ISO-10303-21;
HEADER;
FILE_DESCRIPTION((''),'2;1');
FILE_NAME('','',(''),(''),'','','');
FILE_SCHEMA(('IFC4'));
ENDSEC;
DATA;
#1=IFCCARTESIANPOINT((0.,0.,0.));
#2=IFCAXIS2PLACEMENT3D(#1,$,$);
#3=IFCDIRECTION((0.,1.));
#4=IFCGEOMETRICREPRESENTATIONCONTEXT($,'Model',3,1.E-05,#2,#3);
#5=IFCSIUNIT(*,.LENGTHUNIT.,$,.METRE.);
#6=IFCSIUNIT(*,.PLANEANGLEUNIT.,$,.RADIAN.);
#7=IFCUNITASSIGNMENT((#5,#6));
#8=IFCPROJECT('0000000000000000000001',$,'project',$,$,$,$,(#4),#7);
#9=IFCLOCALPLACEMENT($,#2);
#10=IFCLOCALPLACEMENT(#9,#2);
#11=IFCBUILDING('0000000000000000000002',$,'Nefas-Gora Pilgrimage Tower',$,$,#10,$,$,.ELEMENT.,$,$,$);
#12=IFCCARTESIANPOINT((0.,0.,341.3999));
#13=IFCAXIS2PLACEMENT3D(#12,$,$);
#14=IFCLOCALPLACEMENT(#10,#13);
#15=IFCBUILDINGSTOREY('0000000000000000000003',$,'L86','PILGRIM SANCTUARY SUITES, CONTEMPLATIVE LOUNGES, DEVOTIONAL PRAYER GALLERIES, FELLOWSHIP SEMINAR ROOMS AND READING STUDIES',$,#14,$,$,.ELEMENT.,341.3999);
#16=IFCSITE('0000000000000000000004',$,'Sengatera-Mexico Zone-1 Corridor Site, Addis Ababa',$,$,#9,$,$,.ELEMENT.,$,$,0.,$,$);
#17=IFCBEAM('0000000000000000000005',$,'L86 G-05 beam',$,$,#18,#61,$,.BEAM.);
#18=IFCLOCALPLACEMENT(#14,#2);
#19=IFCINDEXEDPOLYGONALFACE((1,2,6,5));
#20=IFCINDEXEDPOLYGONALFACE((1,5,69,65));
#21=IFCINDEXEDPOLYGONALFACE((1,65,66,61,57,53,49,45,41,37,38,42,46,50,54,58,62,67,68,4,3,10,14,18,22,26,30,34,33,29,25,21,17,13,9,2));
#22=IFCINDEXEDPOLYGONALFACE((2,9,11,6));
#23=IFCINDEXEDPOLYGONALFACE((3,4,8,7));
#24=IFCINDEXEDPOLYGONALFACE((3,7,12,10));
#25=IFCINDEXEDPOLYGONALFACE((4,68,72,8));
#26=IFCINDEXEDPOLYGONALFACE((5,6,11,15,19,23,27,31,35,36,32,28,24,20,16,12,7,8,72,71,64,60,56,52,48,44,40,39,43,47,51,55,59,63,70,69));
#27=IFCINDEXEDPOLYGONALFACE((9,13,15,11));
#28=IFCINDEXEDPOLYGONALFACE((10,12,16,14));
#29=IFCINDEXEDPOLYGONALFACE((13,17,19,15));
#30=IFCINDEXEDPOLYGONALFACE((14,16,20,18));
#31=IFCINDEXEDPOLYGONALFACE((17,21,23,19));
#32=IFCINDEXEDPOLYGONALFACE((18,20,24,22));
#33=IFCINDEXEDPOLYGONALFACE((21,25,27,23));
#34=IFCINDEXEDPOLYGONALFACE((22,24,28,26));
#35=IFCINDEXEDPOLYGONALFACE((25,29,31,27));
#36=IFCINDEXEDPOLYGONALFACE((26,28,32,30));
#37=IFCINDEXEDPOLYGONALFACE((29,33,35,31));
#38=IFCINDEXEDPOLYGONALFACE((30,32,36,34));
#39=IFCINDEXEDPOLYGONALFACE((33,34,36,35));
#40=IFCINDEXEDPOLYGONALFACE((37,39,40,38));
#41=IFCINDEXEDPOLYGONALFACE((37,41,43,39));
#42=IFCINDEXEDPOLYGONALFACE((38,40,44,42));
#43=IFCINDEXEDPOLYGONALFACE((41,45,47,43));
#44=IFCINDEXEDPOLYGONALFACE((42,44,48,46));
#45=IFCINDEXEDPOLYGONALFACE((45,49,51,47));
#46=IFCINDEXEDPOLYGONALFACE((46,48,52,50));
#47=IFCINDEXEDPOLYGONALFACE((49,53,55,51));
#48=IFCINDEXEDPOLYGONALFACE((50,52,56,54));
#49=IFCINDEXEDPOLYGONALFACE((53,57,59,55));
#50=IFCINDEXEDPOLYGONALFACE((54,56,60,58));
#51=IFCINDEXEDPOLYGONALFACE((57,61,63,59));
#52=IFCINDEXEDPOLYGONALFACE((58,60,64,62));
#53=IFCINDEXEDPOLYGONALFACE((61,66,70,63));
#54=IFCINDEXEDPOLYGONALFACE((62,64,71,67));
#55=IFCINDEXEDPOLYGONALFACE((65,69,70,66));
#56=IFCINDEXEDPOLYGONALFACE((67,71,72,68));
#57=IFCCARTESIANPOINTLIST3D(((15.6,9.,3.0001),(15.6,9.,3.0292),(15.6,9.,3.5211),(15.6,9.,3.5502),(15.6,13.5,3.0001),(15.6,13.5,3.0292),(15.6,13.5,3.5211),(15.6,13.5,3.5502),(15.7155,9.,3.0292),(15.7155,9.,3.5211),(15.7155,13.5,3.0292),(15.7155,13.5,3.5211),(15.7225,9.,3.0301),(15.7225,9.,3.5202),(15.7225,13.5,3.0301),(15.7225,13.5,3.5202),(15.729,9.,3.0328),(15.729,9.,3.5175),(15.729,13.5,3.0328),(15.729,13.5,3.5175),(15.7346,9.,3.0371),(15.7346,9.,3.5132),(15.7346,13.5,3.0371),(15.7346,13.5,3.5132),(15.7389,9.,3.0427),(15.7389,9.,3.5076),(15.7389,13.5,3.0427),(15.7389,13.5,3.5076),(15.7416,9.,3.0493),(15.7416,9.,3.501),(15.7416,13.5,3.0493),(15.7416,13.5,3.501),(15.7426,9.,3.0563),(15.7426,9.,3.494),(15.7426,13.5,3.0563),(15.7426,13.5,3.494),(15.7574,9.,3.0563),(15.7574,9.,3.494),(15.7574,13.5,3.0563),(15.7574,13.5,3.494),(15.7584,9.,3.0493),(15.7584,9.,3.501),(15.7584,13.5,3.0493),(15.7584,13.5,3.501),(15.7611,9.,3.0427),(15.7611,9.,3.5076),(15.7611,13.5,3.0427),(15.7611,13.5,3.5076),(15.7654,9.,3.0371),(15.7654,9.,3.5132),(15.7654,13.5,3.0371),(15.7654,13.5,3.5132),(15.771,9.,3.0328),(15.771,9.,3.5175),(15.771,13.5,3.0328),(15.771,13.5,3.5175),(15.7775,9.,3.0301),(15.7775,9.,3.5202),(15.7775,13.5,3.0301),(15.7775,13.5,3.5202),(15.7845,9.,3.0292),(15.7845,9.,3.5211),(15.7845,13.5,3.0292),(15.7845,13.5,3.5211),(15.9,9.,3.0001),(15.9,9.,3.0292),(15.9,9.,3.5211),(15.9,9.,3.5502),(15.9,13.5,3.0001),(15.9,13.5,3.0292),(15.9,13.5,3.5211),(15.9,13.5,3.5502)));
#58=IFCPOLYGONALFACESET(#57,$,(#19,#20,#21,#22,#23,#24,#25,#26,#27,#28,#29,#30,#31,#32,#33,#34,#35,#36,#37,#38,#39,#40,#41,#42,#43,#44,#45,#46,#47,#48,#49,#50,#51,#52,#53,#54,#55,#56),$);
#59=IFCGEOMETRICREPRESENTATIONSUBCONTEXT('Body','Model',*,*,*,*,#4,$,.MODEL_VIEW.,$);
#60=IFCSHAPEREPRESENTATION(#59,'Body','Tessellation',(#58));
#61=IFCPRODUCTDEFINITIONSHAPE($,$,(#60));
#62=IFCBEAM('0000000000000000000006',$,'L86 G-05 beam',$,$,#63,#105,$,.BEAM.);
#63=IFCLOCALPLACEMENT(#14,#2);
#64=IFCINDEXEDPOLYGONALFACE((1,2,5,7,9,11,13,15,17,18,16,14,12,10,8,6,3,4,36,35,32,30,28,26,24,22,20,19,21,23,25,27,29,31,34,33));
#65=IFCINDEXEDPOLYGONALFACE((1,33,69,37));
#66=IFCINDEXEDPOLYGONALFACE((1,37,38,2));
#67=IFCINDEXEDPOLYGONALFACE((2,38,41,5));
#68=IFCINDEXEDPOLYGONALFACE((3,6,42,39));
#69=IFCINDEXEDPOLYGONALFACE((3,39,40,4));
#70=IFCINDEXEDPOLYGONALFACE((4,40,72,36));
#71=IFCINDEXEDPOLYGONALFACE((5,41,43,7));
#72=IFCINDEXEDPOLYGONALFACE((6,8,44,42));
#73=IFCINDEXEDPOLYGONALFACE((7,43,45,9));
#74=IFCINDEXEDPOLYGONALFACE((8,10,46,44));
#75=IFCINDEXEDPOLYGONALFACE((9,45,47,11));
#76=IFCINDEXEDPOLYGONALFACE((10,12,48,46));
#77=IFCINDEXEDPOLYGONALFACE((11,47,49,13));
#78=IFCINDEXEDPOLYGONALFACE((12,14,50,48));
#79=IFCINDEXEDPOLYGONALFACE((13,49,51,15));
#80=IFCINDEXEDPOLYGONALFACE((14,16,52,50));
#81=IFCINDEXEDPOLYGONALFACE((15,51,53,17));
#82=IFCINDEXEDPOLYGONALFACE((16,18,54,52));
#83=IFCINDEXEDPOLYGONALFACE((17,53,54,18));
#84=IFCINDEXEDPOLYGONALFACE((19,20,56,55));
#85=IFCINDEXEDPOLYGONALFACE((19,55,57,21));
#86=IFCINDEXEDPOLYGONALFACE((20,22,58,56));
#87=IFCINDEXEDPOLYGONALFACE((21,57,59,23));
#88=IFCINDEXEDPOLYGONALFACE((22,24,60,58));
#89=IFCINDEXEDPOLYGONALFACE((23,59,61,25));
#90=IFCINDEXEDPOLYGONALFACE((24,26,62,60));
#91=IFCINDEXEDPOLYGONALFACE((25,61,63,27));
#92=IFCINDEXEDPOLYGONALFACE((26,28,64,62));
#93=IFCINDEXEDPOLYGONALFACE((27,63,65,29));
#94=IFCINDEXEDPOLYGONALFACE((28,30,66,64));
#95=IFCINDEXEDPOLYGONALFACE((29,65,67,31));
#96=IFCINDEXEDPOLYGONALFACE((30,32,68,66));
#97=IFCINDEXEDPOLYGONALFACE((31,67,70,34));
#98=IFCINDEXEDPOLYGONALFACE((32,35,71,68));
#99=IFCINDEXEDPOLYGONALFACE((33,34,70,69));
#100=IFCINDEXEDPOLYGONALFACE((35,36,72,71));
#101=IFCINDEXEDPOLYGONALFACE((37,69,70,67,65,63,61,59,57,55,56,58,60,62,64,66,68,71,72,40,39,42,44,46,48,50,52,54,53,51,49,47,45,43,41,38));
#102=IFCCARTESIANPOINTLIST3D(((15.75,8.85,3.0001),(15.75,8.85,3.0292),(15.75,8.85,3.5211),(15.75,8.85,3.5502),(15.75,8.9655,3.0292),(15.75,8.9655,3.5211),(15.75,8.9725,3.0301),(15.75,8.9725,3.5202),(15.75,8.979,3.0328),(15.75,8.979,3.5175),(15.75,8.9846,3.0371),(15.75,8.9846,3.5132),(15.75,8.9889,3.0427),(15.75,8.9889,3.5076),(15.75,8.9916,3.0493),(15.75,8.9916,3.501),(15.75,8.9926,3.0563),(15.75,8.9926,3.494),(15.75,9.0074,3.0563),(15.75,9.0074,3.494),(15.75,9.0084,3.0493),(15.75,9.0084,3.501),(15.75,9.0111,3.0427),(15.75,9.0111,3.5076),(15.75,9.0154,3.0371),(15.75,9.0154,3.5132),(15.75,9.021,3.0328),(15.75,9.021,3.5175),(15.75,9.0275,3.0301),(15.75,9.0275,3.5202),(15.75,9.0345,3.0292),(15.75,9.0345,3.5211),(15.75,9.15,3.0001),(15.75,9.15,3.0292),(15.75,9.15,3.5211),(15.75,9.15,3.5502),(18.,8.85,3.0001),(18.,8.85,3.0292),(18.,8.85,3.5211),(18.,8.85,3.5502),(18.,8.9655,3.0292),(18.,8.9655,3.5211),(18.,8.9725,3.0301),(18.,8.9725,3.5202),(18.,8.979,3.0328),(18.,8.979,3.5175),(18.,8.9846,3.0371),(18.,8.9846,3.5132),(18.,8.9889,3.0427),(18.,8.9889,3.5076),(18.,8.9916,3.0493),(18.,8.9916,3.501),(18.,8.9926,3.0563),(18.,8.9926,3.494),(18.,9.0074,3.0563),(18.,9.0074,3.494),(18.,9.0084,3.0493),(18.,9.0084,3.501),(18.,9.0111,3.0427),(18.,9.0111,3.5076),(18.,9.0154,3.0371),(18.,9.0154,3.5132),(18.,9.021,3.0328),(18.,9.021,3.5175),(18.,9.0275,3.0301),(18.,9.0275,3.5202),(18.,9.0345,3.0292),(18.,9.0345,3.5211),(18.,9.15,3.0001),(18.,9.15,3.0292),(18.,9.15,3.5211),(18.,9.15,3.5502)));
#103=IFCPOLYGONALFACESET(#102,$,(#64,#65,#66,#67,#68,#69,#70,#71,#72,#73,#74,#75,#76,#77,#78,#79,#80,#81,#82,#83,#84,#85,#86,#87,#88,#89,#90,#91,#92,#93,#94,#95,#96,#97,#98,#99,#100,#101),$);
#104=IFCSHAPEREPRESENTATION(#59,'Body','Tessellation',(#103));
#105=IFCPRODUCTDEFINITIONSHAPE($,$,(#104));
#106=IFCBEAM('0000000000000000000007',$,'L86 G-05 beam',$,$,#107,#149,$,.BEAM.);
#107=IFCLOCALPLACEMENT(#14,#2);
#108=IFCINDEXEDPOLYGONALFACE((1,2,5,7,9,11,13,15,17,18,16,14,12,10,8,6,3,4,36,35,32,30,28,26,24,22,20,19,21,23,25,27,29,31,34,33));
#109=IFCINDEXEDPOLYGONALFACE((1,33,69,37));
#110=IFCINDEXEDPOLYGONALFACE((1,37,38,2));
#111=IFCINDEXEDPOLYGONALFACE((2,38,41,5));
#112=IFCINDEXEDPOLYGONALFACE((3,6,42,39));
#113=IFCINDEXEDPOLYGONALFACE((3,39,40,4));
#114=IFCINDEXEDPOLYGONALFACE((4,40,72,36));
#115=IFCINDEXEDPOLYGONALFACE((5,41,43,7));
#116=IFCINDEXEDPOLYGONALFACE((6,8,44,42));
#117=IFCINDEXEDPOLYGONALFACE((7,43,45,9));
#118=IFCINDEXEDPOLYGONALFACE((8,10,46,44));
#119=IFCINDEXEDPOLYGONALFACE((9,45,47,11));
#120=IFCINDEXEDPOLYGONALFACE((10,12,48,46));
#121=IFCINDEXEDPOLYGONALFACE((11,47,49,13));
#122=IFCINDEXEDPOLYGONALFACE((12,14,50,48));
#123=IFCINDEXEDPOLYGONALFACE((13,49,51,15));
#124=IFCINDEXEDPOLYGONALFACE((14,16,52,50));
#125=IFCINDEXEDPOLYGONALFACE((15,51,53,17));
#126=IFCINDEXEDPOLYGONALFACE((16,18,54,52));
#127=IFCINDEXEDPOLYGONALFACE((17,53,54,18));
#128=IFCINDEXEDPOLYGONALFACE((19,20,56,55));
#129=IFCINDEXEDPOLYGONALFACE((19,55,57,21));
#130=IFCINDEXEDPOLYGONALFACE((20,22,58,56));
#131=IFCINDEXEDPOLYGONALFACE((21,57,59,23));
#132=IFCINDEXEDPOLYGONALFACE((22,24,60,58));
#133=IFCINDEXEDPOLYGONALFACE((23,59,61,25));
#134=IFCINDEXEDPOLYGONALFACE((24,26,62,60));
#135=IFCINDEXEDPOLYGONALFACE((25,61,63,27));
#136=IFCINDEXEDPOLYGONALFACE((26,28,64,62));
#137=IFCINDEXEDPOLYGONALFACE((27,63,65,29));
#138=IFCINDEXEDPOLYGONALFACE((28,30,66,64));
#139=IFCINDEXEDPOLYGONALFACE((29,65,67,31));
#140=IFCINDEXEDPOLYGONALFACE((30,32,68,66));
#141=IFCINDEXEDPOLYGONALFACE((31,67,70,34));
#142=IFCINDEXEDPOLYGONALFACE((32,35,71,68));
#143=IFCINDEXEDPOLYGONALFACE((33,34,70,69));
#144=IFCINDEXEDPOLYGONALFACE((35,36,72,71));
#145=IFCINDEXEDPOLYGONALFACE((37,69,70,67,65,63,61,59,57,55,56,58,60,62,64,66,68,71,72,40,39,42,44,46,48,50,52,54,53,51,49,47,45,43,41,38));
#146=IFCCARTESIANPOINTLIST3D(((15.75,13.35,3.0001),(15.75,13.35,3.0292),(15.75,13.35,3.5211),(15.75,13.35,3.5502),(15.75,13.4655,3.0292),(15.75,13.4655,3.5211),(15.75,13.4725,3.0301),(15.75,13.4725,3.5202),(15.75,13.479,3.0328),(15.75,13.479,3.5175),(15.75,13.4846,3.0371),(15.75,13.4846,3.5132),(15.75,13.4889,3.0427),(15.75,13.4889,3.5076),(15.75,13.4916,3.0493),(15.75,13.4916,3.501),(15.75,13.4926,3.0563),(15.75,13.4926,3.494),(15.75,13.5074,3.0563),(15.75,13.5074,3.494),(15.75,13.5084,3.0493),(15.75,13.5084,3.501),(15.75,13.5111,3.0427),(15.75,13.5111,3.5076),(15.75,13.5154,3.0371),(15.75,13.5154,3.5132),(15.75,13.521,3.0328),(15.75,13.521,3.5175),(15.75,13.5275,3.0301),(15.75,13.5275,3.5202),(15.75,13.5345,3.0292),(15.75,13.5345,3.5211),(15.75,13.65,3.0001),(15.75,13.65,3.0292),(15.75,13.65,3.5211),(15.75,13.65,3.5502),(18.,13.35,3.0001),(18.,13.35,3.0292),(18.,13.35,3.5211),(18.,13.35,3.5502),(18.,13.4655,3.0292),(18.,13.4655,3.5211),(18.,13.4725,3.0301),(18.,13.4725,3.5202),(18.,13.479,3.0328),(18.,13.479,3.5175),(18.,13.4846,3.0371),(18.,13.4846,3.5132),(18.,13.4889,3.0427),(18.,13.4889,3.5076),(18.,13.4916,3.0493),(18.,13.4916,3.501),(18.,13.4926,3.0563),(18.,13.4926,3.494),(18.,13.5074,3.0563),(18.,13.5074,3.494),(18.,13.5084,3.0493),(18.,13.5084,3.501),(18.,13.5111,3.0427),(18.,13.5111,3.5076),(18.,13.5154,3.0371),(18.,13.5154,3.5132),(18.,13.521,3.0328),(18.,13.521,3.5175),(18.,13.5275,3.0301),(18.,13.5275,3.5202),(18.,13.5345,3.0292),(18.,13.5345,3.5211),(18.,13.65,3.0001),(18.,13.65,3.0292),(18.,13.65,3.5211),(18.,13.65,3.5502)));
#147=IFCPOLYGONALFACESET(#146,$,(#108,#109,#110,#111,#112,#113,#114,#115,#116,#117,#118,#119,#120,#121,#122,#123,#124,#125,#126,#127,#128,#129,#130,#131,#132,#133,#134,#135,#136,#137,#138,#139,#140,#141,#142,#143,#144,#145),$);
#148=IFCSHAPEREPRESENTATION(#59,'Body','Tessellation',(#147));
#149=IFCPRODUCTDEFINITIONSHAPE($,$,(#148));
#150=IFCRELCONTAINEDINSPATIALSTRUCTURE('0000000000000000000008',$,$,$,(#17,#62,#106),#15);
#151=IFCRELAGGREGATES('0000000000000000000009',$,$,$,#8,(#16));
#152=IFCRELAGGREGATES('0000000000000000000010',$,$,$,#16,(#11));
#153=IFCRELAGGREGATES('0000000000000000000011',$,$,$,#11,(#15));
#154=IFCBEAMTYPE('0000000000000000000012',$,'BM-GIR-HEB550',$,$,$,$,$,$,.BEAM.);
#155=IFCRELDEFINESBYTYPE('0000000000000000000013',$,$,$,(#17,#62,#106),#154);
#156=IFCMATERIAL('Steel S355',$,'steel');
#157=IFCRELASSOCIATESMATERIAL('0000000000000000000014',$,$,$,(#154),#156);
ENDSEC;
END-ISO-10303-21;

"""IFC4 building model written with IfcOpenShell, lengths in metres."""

from ifc_helpers import new_model, si_unit, direction, frame, origin, origin_2d, place, context, subcontext, project, spatial, i_section, extrude, source, transform, mapped, material, material_profile, profile_set, type_object, element, save


model = new_model("IFC4")

# Units and contexts
model_context = context("Model", 3, precision=1e-05, world=origin(), true_north=direction((0.0, 1.0)))
body_context = subcontext(model_context, "Body", "Model", "MODEL_VIEW")
ifc_project = project(units=[si_unit("LENGTHUNIT", "METRE"), si_unit("PLANEANGLEUNIT", "RADIAN")], contexts=[model_context])

# Site, building, storey
site_placement = place(None, origin())
site = spatial("IfcSite", under=ifc_project, at=site_placement, Name="Sengatera-Mexico Zone-1 Corridor Site, Addis Ababa", CompositionType="ELEMENT", RefElevation=0.0)
building_placement = place(site_placement, origin())
building = spatial("IfcBuilding", under=site, at=building_placement, Name="Nefas-Gora Pilgrimage Tower", CompositionType="ELEMENT")
storey_placement = place(building_placement, frame((0.0, 0.0, 341.3999)))
storey = spatial("IfcBuildingStorey", under=building, at=storey_placement, Name="L86", Description="PILGRIM SANCTUARY SUITES, CONTEMPLATIVE LOUNGES, DEVOTIONAL PRAYER GALLERIES, FELLOWSHIP SEMINAR ROOMS AND READING STUDIES", CompositionType="ELEMENT", Elevation=341.3999)

# Shared definitions
ifc_material_1 = material(Name="Steel S355", Category="steel")

# Beams
ifc_material_profile_1 = material_profile(ifc_material_1, i_section(OverallWidth=0.3, OverallDepth=0.55, WebThickness=0.0149, FlangeThickness=0.0291, FilletRadius=0.0271, at=origin_2d()), Name="HEB 550")
ifc_profile_set_1 = profile_set([ifc_material_profile_1], Name="Steel S355")
beam_type_1 = type_object("IfcBeamType", Name="BM-GIR-HEB550", PredefinedType="BEAM", material=ifc_profile_set_1)
shared_shape_1 = source(origin(), body_context, "Body", "SweptSolid", [
    extrude(i_section(OverallWidth=0.3, OverallDepth=0.55, WebThickness=0.0149, FlangeThickness=0.0291, FilletRadius=0.0271, at=origin_2d()), origin(), (0.0, 0.0, 1.0), 4.5),
])
for number, where, z_axis, x_axis, name in (
    (1, (15.75, 9.0, 3.2751), (0.0, 1.0, 0.0), (-1.0, 0.0, 0.0), "L86 G-05 beam"),
):
    element("IfcBeam", number, at=place(storey_placement, frame(where, z_axis=z_axis, x_axis=x_axis)), inside=storey, type_object=beam_type_1, Name=name, PredefinedType="BEAM", context=body_context, shape_type="MappedRepresentation", body=[
        mapped(shared_shape_1, transform((0.0, 0.0, 0.0), x_axis=(1.0, 0.0, 0.0), y_axis=(0.0, 1.0, 0.0), z_axis=(0.0, 0.0, 1.0), scale=1.0)),
    ])
shared_shape_2 = source(origin(), body_context, "Body", "SweptSolid", [
    extrude(i_section(OverallWidth=0.3, OverallDepth=0.55, WebThickness=0.0149, FlangeThickness=0.0291, FilletRadius=0.0271, at=origin_2d()), origin(), (0.0, 0.0, 1.0), 2.25),
])
for number, where, z_axis, x_axis, name in (
    (2, (15.75, 9.0, 3.2751), (1.0, 0.0, 0.0), (0.0, 1.0, 0.0), "L86 G-05 beam"),
    (3, (15.75, 13.5, 3.2751), (1.0, 0.0, 0.0), (0.0, 1.0, 0.0), "L86 G-05 beam"),
):
    element("IfcBeam", number, at=place(storey_placement, frame(where, z_axis=z_axis, x_axis=x_axis)), inside=storey, type_object=beam_type_1, Name=name, PredefinedType="BEAM", context=body_context, shape_type="MappedRepresentation", body=[
        mapped(shared_shape_2, transform((0.0, 0.0, 0.0), x_axis=(1.0, 0.0, 0.0), y_axis=(0.0, 1.0, 0.0), z_axis=(0.0, 0.0, 1.0), scale=1.0)),
    ])

save(model, "model.ifc")
